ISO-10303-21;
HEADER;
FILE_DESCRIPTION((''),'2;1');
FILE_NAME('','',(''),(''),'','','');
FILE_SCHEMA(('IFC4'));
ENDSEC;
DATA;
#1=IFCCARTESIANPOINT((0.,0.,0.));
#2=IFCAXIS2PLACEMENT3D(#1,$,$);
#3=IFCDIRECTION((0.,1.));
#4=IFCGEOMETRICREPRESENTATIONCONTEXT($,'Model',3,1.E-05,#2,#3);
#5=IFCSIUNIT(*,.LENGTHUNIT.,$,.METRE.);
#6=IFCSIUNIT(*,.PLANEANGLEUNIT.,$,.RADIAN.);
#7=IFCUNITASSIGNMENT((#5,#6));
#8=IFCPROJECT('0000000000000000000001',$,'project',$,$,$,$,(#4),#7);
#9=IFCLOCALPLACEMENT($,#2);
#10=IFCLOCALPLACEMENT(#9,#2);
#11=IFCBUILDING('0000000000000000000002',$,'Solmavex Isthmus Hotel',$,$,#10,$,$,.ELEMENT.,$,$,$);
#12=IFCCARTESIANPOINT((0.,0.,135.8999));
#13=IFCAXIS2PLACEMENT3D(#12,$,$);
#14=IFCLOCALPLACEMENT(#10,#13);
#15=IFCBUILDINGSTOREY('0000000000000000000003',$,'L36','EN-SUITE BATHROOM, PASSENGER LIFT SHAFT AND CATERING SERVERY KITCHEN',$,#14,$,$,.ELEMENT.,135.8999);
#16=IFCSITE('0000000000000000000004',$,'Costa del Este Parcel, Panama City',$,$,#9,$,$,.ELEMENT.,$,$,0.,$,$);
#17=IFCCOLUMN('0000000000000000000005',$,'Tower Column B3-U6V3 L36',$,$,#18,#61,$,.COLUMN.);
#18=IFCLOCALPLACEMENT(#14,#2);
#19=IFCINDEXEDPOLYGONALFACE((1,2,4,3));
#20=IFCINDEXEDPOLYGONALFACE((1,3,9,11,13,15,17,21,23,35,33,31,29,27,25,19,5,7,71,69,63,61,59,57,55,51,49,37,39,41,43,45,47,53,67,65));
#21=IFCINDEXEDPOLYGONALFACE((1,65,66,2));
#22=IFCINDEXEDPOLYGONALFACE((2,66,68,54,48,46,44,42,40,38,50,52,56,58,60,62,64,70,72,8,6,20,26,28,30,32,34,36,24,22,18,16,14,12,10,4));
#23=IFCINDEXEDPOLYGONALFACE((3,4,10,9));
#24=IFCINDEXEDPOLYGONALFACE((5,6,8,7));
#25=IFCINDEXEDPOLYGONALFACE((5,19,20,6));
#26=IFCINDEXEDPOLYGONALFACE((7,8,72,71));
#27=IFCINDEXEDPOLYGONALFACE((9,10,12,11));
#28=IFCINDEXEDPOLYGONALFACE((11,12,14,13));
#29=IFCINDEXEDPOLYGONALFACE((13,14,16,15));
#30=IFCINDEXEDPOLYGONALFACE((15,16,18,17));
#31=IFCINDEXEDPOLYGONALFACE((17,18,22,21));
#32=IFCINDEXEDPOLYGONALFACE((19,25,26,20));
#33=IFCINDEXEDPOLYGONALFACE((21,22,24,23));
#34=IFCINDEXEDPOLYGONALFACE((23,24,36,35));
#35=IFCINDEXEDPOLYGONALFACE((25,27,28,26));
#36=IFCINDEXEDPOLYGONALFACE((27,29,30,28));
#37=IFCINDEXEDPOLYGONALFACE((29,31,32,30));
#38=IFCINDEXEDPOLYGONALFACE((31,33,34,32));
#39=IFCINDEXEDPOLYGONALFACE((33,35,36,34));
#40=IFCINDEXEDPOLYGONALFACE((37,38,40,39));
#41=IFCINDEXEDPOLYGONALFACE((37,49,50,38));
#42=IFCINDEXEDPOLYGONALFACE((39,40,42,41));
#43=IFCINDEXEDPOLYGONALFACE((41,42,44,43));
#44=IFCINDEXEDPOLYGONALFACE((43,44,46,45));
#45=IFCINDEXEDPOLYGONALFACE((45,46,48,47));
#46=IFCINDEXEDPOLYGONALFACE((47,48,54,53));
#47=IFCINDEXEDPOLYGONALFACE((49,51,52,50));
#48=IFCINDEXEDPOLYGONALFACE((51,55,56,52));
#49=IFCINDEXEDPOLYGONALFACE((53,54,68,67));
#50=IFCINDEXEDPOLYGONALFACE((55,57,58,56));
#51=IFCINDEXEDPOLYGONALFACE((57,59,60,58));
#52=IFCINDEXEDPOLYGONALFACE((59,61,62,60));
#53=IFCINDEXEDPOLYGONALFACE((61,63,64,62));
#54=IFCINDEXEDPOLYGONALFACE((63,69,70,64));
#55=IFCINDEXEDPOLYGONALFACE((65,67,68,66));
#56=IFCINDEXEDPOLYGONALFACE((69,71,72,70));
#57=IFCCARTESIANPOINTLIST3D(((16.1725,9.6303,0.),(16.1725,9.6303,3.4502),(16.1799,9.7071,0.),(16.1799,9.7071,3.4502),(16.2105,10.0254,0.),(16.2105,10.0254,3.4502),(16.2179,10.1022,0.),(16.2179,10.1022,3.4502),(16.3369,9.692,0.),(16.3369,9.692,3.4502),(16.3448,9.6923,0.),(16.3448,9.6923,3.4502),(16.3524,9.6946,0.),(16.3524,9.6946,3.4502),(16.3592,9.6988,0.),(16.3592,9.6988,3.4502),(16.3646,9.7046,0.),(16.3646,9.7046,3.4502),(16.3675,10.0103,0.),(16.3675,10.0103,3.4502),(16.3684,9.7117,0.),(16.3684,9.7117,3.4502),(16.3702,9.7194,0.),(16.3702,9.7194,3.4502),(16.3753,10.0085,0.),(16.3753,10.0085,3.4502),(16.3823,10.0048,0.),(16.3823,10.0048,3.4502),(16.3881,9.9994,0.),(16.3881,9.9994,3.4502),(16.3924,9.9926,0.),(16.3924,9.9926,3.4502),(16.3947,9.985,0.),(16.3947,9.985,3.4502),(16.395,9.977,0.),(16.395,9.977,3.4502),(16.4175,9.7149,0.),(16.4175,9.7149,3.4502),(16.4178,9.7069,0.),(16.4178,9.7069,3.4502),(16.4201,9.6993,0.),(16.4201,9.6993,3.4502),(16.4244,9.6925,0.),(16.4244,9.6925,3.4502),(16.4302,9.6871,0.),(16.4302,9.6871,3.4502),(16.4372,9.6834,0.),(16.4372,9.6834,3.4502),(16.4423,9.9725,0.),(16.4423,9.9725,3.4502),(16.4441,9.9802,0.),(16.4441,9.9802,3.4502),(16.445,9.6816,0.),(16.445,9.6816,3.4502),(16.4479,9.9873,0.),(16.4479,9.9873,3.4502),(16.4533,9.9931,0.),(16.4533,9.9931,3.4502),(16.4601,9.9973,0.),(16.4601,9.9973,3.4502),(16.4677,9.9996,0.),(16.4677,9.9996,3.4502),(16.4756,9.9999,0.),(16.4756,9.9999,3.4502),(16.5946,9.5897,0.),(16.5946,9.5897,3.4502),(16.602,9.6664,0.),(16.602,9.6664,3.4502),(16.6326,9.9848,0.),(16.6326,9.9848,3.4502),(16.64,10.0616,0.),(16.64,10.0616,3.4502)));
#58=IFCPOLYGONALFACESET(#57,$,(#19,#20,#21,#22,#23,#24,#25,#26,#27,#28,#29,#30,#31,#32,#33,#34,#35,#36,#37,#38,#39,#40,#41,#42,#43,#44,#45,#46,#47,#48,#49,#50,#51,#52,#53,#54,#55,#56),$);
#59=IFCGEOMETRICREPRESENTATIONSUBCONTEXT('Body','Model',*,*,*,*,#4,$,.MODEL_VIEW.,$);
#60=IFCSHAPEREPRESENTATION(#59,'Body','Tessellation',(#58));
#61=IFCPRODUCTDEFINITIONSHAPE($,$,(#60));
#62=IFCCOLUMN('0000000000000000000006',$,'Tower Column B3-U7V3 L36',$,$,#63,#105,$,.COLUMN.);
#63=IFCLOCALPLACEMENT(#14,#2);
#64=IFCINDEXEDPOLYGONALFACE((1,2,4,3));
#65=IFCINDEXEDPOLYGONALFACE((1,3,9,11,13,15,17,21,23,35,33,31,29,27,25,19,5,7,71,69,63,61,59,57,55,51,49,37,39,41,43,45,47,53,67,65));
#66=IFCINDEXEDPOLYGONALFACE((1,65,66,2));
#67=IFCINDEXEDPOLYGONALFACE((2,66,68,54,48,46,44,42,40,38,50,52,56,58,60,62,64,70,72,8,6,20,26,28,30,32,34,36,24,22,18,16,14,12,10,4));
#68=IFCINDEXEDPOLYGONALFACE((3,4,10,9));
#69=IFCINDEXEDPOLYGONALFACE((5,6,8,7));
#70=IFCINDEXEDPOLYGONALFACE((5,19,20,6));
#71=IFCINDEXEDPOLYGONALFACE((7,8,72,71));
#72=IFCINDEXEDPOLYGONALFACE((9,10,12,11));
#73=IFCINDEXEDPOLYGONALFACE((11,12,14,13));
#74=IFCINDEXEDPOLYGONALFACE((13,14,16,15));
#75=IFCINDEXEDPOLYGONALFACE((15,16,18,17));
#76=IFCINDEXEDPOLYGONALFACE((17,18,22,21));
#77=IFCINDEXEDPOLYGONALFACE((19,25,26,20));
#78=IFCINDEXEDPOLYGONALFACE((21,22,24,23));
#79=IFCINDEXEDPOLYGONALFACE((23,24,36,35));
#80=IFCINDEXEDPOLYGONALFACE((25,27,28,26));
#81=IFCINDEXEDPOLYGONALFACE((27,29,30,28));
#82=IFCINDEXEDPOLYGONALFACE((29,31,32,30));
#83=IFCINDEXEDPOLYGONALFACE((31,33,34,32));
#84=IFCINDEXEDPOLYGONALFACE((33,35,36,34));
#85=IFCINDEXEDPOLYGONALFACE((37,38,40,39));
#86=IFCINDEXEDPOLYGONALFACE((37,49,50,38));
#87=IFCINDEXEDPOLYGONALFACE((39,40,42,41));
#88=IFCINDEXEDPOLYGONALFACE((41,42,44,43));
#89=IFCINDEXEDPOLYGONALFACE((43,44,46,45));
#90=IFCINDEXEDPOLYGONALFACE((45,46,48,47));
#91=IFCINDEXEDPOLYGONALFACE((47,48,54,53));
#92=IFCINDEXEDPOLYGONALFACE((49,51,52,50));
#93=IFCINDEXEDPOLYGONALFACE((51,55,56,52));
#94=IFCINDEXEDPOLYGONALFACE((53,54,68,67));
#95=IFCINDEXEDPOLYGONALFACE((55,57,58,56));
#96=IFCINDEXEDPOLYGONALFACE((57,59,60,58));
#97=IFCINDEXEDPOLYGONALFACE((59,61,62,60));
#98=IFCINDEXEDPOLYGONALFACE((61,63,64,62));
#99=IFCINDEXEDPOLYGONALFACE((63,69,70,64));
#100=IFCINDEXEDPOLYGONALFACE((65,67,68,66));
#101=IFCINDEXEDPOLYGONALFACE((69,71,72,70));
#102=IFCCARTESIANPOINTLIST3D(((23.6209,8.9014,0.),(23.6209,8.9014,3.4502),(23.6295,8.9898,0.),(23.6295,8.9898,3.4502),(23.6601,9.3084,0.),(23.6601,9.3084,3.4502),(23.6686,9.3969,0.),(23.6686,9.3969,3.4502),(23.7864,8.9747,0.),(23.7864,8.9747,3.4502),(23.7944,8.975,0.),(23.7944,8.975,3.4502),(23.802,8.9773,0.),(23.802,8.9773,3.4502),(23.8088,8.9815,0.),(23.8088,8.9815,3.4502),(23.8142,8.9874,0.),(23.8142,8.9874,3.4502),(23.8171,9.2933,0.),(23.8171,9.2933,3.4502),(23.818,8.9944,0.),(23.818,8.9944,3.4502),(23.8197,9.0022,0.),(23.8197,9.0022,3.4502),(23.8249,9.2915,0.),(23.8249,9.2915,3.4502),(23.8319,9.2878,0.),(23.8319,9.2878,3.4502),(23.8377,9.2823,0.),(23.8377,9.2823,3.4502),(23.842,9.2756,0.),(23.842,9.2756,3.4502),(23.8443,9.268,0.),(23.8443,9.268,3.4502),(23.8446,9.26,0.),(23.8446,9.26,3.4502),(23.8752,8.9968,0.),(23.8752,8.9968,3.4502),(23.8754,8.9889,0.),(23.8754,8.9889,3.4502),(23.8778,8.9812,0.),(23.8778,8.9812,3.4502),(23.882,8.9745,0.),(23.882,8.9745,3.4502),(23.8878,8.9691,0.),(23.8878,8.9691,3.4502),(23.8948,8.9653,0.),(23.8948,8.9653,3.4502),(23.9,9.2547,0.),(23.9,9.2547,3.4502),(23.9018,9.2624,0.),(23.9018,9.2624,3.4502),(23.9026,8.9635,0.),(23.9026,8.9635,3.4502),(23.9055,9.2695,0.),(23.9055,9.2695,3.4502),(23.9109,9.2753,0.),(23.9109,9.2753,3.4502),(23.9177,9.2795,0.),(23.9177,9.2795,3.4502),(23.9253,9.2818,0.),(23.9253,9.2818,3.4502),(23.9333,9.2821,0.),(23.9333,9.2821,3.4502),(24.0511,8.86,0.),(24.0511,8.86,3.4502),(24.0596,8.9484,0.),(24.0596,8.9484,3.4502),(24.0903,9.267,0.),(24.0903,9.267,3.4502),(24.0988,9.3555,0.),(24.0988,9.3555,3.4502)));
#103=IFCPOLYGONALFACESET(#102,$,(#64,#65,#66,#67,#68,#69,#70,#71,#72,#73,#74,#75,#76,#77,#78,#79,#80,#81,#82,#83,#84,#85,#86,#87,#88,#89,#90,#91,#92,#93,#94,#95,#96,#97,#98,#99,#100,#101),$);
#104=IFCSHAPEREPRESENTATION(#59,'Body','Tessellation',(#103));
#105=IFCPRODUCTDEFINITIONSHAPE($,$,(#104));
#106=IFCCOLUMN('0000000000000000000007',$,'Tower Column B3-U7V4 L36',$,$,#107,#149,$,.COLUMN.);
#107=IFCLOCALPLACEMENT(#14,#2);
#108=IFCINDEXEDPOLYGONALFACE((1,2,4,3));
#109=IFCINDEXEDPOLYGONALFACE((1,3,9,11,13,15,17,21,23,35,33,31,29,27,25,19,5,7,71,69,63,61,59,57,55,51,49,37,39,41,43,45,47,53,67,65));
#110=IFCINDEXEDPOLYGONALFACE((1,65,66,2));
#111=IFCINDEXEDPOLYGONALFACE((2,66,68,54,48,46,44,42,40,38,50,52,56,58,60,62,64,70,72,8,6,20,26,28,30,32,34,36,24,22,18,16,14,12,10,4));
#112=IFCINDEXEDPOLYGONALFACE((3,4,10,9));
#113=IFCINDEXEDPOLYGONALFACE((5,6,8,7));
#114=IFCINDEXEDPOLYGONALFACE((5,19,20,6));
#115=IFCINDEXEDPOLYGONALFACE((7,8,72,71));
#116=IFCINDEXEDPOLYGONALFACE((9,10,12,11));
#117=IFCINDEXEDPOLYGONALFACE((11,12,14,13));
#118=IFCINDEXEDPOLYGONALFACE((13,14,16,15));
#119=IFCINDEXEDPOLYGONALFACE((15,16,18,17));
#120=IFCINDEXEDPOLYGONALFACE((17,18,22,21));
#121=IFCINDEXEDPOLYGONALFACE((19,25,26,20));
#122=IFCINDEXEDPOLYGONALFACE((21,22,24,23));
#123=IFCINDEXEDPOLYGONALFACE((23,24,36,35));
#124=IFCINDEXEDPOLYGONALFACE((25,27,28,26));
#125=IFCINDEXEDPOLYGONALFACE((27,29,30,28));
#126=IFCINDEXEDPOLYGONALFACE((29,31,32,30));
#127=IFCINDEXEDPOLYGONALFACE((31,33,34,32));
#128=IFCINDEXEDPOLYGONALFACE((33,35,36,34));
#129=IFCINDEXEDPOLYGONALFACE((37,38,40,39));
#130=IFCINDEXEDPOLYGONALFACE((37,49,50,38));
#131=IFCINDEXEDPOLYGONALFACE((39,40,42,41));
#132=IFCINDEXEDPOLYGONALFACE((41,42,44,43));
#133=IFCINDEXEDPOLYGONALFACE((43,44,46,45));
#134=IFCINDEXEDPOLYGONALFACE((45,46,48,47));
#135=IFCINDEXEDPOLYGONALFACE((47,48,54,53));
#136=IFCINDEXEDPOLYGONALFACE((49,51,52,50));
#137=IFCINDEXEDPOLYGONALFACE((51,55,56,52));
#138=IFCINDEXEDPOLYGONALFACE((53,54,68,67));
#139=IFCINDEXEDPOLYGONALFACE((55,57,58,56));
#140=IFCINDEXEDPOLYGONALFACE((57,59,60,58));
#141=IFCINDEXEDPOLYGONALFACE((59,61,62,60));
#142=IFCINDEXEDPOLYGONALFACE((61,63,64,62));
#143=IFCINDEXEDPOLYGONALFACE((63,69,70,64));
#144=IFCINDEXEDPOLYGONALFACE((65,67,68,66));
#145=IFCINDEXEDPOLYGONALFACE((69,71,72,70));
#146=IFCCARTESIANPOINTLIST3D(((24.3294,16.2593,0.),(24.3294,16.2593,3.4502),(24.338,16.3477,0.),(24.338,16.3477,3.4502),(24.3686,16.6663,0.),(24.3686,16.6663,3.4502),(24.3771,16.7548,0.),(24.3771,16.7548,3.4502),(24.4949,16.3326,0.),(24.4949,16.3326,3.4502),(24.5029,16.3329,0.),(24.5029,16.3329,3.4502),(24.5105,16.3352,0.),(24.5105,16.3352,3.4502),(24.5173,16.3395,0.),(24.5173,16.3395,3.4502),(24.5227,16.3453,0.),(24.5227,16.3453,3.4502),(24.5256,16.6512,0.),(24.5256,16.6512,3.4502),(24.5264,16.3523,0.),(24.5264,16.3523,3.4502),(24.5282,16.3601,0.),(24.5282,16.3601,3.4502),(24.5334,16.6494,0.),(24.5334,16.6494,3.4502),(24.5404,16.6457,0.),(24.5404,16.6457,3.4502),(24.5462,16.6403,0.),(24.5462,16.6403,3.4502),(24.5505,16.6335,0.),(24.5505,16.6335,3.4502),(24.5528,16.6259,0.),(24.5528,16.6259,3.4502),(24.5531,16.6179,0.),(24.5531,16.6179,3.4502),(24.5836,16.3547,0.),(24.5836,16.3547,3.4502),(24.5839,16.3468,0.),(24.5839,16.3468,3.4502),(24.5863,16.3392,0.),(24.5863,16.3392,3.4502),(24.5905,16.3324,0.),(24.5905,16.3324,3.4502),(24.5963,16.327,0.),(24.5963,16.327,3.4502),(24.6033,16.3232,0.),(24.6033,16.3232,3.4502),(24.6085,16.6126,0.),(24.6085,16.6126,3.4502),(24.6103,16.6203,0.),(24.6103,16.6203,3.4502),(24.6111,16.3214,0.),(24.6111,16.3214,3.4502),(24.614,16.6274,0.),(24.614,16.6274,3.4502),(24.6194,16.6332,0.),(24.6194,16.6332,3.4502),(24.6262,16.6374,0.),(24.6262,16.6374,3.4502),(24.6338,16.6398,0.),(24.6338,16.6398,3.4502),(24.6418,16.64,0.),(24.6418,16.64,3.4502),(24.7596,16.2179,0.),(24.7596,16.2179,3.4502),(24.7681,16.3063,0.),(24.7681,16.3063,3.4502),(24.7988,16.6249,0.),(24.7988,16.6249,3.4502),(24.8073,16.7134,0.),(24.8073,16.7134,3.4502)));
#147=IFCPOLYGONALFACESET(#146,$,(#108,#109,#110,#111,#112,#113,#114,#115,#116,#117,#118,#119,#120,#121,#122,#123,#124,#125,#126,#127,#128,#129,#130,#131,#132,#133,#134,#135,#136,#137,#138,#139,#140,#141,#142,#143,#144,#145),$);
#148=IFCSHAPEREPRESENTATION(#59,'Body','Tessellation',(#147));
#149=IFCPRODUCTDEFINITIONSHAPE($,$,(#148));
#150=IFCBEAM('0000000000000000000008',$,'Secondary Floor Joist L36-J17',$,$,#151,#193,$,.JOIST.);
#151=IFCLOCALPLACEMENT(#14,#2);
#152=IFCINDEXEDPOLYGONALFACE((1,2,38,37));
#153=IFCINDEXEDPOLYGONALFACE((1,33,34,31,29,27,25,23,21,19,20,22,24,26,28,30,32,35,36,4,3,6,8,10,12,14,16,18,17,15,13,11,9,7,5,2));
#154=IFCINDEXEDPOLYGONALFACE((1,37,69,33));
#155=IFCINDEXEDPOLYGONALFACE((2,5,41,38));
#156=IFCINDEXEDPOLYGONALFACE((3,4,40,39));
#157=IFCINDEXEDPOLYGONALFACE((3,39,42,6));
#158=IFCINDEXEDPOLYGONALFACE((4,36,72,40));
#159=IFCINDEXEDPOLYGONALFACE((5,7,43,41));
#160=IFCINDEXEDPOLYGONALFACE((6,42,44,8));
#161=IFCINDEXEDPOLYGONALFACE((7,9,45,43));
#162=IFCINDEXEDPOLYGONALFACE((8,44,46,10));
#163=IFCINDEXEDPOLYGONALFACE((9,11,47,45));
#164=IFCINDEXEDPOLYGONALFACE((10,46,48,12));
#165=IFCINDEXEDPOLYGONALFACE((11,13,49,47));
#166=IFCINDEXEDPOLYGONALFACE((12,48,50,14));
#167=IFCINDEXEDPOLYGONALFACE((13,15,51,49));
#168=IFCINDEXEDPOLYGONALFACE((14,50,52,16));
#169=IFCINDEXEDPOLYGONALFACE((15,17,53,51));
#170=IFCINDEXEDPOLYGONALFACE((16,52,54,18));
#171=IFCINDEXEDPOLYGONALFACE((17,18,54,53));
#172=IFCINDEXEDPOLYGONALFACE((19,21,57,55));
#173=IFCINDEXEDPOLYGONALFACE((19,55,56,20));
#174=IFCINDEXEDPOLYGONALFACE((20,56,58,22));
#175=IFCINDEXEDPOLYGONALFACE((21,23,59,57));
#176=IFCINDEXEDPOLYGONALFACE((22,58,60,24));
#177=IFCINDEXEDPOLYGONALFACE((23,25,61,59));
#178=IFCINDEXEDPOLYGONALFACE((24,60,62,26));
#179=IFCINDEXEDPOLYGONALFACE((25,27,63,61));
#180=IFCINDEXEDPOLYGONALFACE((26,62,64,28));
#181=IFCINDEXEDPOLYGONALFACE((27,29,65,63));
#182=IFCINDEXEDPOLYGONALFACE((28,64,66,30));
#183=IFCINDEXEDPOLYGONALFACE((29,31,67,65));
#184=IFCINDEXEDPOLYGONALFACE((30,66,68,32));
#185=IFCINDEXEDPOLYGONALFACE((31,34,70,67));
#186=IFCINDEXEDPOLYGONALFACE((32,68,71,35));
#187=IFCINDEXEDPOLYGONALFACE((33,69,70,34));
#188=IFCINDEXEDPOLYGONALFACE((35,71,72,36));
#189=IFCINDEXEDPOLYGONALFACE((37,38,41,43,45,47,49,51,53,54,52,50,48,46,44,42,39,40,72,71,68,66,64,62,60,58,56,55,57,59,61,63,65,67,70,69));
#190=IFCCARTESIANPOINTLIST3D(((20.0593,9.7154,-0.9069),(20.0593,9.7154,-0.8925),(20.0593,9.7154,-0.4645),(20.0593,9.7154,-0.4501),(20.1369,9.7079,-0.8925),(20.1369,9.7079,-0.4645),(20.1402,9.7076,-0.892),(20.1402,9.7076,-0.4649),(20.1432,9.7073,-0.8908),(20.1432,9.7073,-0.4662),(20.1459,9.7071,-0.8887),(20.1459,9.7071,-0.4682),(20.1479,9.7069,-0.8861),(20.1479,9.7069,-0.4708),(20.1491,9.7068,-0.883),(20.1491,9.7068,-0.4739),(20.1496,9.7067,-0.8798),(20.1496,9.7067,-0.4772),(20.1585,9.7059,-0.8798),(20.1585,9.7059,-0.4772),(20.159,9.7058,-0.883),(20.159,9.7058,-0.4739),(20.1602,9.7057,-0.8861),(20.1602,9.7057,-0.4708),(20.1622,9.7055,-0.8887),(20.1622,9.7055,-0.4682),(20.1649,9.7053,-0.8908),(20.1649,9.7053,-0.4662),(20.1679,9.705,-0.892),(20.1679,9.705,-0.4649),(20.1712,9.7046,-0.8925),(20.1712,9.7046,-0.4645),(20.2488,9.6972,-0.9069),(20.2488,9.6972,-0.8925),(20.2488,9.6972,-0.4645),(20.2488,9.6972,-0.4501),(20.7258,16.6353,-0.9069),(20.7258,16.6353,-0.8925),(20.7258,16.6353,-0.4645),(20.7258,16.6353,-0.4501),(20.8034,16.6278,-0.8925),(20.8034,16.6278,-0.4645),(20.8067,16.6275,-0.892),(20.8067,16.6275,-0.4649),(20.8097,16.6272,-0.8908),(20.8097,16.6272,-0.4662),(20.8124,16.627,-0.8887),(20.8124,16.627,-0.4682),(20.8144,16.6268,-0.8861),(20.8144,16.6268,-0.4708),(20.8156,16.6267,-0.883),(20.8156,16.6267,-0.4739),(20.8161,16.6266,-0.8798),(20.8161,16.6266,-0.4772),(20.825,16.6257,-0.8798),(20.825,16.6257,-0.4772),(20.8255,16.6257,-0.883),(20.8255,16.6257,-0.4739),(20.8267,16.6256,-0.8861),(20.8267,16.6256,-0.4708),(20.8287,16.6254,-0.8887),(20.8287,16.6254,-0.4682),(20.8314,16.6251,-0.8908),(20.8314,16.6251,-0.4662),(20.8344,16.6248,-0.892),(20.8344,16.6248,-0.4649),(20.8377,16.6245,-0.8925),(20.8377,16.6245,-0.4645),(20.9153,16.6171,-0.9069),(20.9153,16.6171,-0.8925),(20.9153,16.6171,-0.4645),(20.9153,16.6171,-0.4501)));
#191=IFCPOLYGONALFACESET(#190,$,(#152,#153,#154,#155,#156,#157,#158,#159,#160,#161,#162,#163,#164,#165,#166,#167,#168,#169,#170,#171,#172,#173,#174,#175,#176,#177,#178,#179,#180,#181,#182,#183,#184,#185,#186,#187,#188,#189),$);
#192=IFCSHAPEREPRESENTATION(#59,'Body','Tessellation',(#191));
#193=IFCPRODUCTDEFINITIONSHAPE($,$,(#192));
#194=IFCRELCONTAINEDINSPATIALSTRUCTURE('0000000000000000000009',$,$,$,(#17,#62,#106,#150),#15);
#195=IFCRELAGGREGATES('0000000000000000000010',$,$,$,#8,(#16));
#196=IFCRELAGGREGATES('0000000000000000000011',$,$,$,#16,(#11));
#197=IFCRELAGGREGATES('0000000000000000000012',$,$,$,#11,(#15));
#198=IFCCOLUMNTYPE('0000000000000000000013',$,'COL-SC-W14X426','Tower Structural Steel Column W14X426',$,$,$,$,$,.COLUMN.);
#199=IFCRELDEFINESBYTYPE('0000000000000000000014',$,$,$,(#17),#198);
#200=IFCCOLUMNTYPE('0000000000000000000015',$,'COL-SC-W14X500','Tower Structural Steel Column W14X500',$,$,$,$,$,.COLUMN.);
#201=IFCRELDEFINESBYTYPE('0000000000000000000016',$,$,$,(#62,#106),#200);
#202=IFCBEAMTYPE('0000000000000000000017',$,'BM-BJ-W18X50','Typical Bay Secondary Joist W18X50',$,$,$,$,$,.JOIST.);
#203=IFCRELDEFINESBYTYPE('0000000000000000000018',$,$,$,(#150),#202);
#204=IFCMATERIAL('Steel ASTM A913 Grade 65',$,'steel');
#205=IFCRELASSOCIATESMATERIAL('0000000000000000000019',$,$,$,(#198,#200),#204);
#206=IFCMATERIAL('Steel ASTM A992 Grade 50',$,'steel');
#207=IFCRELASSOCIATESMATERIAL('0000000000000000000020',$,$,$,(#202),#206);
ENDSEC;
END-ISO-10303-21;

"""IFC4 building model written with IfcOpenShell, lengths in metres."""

from ifc_helpers import new_model, si_unit, direction, frame, origin, origin_2d, place, context, subcontext, project, spatial, i_section, extrude, material, material_profile, profile_set, type_object, element, save


model = new_model("IFC4")

# Units and contexts
model_context = context("Model", 3, precision=1e-05, world=origin(), true_north=direction((0.0, 1.0)))
body_context = subcontext(model_context, "Body", "Model", "MODEL_VIEW")
ifc_project = project(units=[si_unit("LENGTHUNIT", "METRE"), si_unit("PLANEANGLEUNIT", "RADIAN")], contexts=[model_context])

# Site, building, storey
site_placement = place(None, origin())
site = spatial("IfcSite", under=ifc_project, at=site_placement, Name="Costa del Este Parcel, Panama City", CompositionType="ELEMENT", RefElevation=0.0)
building_placement = place(site_placement, origin())
building = spatial("IfcBuilding", under=site, at=building_placement, Name="Solmavex Isthmus Hotel", CompositionType="ELEMENT")
storey_placement = place(building_placement, frame((0.0, 0.0, 135.8999)))
storey = spatial("IfcBuildingStorey", under=building, at=storey_placement, Name="L36", Description="EN-SUITE BATHROOM, PASSENGER LIFT SHAFT AND CATERING SERVERY KITCHEN", CompositionType="ELEMENT", Elevation=135.8999)

# Columns
ifc_material_1 = material(Name="Steel ASTM A913 Grade 65", Category="steel")
ifc_material_profile_1 = material_profile(ifc_material_1, i_section(OverallWidth=0.4241, OverallDepth=0.4741, WebThickness=0.0476, FlangeThickness=0.0771, FilletRadius=0.0305, at=origin_2d()), Name="W14X426")
ifc_profile_set_1 = profile_set([ifc_material_profile_1], Name="Steel ASTM A913 Grade 65")
column_type_1 = type_object("IfcColumnType", Name="COL-SC-W14X426", Description="Tower Structural Steel Column W14X426", PredefinedType="COLUMN", material=ifc_profile_set_1)
column_placement = place(storey_placement, frame((16.4062, 9.8459, 0.0), z_axis=(0.0, 0.0, 1.0), x_axis=(0.995396, -0.095846, 0.0)))
element("IfcColumn", 1, at=column_placement, inside=storey, type_object=column_type_1, Name="Tower Column B3-U6V3 L36", PredefinedType="COLUMN", context=body_context, shape_type="SweptSolid", body=[
    extrude(i_section(OverallWidth=0.4241, OverallDepth=0.4741, WebThickness=0.0476, FlangeThickness=0.0771, FilletRadius=0.0305, at=origin_2d()), origin(), (0.0, 0.0, 1.0), 3.4502),
])
ifc_material_profile_2 = material_profile(ifc_material_1, i_section(OverallWidth=0.4321, OverallDepth=0.4978, WebThickness=0.0557, FlangeThickness=0.0889, FilletRadius=0.0305, at=origin_2d()), Name="W14X500")
ifc_profile_set_2 = profile_set([ifc_material_profile_2], Name="Steel ASTM A913 Grade 65")
column_type_2 = type_object("IfcColumnType", Name="COL-SC-W14X500", Description="Tower Structural Steel Column W14X500", PredefinedType="COLUMN", material=ifc_profile_set_2)
for number, where, z_axis, x_axis, name in (
    (2, (23.8599, 9.1284, 0.0), (0.0, 0.0, 1.0), (0.995396, -0.095846, 0.0), "Tower Column B3-U7V3 L36"),
    (3, (24.5684, 16.4863, 0.0), (0.0, 0.0, 1.0), (0.995396, -0.095846, 0.0), "Tower Column B3-U7V4 L36"),
):
    element("IfcColumn", number, at=place(storey_placement, frame(where, z_axis=z_axis, x_axis=x_axis)), inside=storey, type_object=column_type_2, Name=name, PredefinedType="COLUMN", context=body_context, shape_type="SweptSolid", body=[
        extrude(i_section(OverallWidth=0.4321, OverallDepth=0.4978, WebThickness=0.0557, FlangeThickness=0.0889, FilletRadius=0.0305, at=origin_2d()), origin(), (0.0, 0.0, 1.0), 3.4502),
    ])

# Beam
ifc_material_2 = material(Name="Steel ASTM A992 Grade 50", Category="steel")
ifc_material_profile_3 = material_profile(ifc_material_2, i_section(OverallWidth=0.1904, OverallDepth=0.4568, WebThickness=0.009, FlangeThickness=0.0144, FilletRadius=0.0127, at=origin_2d()), Name="W18X50")
ifc_profile_set_3 = profile_set([ifc_material_profile_3], Name="Steel ASTM A992 Grade 50")
beam_type_1 = type_object("IfcBeamType", Name="BM-BJ-W18X50", Description="Typical Bay Secondary Joist W18X50", PredefinedType="JOIST", material=ifc_profile_set_3)
beam_1_placement = place(storey_placement, frame((20.1541, 9.7063, -0.6785), z_axis=(0.095873, 0.995394, 0.0), x_axis=(-0.995394, 0.095873, 0.0)))
element("IfcBeam", 4, at=beam_1_placement, inside=storey, type_object=beam_type_1, Name="Secondary Floor Joist L36-J17", PredefinedType="JOIST", context=body_context, shape_type="SweptSolid", body=[
    extrude(i_section(OverallWidth=0.1904, OverallDepth=0.4568, WebThickness=0.009, FlangeThickness=0.0144, FilletRadius=0.0127, at=origin_2d()), origin(), (0.0, 0.0, 1.0), 6.9519),
])

save(model, "model.ifc")
